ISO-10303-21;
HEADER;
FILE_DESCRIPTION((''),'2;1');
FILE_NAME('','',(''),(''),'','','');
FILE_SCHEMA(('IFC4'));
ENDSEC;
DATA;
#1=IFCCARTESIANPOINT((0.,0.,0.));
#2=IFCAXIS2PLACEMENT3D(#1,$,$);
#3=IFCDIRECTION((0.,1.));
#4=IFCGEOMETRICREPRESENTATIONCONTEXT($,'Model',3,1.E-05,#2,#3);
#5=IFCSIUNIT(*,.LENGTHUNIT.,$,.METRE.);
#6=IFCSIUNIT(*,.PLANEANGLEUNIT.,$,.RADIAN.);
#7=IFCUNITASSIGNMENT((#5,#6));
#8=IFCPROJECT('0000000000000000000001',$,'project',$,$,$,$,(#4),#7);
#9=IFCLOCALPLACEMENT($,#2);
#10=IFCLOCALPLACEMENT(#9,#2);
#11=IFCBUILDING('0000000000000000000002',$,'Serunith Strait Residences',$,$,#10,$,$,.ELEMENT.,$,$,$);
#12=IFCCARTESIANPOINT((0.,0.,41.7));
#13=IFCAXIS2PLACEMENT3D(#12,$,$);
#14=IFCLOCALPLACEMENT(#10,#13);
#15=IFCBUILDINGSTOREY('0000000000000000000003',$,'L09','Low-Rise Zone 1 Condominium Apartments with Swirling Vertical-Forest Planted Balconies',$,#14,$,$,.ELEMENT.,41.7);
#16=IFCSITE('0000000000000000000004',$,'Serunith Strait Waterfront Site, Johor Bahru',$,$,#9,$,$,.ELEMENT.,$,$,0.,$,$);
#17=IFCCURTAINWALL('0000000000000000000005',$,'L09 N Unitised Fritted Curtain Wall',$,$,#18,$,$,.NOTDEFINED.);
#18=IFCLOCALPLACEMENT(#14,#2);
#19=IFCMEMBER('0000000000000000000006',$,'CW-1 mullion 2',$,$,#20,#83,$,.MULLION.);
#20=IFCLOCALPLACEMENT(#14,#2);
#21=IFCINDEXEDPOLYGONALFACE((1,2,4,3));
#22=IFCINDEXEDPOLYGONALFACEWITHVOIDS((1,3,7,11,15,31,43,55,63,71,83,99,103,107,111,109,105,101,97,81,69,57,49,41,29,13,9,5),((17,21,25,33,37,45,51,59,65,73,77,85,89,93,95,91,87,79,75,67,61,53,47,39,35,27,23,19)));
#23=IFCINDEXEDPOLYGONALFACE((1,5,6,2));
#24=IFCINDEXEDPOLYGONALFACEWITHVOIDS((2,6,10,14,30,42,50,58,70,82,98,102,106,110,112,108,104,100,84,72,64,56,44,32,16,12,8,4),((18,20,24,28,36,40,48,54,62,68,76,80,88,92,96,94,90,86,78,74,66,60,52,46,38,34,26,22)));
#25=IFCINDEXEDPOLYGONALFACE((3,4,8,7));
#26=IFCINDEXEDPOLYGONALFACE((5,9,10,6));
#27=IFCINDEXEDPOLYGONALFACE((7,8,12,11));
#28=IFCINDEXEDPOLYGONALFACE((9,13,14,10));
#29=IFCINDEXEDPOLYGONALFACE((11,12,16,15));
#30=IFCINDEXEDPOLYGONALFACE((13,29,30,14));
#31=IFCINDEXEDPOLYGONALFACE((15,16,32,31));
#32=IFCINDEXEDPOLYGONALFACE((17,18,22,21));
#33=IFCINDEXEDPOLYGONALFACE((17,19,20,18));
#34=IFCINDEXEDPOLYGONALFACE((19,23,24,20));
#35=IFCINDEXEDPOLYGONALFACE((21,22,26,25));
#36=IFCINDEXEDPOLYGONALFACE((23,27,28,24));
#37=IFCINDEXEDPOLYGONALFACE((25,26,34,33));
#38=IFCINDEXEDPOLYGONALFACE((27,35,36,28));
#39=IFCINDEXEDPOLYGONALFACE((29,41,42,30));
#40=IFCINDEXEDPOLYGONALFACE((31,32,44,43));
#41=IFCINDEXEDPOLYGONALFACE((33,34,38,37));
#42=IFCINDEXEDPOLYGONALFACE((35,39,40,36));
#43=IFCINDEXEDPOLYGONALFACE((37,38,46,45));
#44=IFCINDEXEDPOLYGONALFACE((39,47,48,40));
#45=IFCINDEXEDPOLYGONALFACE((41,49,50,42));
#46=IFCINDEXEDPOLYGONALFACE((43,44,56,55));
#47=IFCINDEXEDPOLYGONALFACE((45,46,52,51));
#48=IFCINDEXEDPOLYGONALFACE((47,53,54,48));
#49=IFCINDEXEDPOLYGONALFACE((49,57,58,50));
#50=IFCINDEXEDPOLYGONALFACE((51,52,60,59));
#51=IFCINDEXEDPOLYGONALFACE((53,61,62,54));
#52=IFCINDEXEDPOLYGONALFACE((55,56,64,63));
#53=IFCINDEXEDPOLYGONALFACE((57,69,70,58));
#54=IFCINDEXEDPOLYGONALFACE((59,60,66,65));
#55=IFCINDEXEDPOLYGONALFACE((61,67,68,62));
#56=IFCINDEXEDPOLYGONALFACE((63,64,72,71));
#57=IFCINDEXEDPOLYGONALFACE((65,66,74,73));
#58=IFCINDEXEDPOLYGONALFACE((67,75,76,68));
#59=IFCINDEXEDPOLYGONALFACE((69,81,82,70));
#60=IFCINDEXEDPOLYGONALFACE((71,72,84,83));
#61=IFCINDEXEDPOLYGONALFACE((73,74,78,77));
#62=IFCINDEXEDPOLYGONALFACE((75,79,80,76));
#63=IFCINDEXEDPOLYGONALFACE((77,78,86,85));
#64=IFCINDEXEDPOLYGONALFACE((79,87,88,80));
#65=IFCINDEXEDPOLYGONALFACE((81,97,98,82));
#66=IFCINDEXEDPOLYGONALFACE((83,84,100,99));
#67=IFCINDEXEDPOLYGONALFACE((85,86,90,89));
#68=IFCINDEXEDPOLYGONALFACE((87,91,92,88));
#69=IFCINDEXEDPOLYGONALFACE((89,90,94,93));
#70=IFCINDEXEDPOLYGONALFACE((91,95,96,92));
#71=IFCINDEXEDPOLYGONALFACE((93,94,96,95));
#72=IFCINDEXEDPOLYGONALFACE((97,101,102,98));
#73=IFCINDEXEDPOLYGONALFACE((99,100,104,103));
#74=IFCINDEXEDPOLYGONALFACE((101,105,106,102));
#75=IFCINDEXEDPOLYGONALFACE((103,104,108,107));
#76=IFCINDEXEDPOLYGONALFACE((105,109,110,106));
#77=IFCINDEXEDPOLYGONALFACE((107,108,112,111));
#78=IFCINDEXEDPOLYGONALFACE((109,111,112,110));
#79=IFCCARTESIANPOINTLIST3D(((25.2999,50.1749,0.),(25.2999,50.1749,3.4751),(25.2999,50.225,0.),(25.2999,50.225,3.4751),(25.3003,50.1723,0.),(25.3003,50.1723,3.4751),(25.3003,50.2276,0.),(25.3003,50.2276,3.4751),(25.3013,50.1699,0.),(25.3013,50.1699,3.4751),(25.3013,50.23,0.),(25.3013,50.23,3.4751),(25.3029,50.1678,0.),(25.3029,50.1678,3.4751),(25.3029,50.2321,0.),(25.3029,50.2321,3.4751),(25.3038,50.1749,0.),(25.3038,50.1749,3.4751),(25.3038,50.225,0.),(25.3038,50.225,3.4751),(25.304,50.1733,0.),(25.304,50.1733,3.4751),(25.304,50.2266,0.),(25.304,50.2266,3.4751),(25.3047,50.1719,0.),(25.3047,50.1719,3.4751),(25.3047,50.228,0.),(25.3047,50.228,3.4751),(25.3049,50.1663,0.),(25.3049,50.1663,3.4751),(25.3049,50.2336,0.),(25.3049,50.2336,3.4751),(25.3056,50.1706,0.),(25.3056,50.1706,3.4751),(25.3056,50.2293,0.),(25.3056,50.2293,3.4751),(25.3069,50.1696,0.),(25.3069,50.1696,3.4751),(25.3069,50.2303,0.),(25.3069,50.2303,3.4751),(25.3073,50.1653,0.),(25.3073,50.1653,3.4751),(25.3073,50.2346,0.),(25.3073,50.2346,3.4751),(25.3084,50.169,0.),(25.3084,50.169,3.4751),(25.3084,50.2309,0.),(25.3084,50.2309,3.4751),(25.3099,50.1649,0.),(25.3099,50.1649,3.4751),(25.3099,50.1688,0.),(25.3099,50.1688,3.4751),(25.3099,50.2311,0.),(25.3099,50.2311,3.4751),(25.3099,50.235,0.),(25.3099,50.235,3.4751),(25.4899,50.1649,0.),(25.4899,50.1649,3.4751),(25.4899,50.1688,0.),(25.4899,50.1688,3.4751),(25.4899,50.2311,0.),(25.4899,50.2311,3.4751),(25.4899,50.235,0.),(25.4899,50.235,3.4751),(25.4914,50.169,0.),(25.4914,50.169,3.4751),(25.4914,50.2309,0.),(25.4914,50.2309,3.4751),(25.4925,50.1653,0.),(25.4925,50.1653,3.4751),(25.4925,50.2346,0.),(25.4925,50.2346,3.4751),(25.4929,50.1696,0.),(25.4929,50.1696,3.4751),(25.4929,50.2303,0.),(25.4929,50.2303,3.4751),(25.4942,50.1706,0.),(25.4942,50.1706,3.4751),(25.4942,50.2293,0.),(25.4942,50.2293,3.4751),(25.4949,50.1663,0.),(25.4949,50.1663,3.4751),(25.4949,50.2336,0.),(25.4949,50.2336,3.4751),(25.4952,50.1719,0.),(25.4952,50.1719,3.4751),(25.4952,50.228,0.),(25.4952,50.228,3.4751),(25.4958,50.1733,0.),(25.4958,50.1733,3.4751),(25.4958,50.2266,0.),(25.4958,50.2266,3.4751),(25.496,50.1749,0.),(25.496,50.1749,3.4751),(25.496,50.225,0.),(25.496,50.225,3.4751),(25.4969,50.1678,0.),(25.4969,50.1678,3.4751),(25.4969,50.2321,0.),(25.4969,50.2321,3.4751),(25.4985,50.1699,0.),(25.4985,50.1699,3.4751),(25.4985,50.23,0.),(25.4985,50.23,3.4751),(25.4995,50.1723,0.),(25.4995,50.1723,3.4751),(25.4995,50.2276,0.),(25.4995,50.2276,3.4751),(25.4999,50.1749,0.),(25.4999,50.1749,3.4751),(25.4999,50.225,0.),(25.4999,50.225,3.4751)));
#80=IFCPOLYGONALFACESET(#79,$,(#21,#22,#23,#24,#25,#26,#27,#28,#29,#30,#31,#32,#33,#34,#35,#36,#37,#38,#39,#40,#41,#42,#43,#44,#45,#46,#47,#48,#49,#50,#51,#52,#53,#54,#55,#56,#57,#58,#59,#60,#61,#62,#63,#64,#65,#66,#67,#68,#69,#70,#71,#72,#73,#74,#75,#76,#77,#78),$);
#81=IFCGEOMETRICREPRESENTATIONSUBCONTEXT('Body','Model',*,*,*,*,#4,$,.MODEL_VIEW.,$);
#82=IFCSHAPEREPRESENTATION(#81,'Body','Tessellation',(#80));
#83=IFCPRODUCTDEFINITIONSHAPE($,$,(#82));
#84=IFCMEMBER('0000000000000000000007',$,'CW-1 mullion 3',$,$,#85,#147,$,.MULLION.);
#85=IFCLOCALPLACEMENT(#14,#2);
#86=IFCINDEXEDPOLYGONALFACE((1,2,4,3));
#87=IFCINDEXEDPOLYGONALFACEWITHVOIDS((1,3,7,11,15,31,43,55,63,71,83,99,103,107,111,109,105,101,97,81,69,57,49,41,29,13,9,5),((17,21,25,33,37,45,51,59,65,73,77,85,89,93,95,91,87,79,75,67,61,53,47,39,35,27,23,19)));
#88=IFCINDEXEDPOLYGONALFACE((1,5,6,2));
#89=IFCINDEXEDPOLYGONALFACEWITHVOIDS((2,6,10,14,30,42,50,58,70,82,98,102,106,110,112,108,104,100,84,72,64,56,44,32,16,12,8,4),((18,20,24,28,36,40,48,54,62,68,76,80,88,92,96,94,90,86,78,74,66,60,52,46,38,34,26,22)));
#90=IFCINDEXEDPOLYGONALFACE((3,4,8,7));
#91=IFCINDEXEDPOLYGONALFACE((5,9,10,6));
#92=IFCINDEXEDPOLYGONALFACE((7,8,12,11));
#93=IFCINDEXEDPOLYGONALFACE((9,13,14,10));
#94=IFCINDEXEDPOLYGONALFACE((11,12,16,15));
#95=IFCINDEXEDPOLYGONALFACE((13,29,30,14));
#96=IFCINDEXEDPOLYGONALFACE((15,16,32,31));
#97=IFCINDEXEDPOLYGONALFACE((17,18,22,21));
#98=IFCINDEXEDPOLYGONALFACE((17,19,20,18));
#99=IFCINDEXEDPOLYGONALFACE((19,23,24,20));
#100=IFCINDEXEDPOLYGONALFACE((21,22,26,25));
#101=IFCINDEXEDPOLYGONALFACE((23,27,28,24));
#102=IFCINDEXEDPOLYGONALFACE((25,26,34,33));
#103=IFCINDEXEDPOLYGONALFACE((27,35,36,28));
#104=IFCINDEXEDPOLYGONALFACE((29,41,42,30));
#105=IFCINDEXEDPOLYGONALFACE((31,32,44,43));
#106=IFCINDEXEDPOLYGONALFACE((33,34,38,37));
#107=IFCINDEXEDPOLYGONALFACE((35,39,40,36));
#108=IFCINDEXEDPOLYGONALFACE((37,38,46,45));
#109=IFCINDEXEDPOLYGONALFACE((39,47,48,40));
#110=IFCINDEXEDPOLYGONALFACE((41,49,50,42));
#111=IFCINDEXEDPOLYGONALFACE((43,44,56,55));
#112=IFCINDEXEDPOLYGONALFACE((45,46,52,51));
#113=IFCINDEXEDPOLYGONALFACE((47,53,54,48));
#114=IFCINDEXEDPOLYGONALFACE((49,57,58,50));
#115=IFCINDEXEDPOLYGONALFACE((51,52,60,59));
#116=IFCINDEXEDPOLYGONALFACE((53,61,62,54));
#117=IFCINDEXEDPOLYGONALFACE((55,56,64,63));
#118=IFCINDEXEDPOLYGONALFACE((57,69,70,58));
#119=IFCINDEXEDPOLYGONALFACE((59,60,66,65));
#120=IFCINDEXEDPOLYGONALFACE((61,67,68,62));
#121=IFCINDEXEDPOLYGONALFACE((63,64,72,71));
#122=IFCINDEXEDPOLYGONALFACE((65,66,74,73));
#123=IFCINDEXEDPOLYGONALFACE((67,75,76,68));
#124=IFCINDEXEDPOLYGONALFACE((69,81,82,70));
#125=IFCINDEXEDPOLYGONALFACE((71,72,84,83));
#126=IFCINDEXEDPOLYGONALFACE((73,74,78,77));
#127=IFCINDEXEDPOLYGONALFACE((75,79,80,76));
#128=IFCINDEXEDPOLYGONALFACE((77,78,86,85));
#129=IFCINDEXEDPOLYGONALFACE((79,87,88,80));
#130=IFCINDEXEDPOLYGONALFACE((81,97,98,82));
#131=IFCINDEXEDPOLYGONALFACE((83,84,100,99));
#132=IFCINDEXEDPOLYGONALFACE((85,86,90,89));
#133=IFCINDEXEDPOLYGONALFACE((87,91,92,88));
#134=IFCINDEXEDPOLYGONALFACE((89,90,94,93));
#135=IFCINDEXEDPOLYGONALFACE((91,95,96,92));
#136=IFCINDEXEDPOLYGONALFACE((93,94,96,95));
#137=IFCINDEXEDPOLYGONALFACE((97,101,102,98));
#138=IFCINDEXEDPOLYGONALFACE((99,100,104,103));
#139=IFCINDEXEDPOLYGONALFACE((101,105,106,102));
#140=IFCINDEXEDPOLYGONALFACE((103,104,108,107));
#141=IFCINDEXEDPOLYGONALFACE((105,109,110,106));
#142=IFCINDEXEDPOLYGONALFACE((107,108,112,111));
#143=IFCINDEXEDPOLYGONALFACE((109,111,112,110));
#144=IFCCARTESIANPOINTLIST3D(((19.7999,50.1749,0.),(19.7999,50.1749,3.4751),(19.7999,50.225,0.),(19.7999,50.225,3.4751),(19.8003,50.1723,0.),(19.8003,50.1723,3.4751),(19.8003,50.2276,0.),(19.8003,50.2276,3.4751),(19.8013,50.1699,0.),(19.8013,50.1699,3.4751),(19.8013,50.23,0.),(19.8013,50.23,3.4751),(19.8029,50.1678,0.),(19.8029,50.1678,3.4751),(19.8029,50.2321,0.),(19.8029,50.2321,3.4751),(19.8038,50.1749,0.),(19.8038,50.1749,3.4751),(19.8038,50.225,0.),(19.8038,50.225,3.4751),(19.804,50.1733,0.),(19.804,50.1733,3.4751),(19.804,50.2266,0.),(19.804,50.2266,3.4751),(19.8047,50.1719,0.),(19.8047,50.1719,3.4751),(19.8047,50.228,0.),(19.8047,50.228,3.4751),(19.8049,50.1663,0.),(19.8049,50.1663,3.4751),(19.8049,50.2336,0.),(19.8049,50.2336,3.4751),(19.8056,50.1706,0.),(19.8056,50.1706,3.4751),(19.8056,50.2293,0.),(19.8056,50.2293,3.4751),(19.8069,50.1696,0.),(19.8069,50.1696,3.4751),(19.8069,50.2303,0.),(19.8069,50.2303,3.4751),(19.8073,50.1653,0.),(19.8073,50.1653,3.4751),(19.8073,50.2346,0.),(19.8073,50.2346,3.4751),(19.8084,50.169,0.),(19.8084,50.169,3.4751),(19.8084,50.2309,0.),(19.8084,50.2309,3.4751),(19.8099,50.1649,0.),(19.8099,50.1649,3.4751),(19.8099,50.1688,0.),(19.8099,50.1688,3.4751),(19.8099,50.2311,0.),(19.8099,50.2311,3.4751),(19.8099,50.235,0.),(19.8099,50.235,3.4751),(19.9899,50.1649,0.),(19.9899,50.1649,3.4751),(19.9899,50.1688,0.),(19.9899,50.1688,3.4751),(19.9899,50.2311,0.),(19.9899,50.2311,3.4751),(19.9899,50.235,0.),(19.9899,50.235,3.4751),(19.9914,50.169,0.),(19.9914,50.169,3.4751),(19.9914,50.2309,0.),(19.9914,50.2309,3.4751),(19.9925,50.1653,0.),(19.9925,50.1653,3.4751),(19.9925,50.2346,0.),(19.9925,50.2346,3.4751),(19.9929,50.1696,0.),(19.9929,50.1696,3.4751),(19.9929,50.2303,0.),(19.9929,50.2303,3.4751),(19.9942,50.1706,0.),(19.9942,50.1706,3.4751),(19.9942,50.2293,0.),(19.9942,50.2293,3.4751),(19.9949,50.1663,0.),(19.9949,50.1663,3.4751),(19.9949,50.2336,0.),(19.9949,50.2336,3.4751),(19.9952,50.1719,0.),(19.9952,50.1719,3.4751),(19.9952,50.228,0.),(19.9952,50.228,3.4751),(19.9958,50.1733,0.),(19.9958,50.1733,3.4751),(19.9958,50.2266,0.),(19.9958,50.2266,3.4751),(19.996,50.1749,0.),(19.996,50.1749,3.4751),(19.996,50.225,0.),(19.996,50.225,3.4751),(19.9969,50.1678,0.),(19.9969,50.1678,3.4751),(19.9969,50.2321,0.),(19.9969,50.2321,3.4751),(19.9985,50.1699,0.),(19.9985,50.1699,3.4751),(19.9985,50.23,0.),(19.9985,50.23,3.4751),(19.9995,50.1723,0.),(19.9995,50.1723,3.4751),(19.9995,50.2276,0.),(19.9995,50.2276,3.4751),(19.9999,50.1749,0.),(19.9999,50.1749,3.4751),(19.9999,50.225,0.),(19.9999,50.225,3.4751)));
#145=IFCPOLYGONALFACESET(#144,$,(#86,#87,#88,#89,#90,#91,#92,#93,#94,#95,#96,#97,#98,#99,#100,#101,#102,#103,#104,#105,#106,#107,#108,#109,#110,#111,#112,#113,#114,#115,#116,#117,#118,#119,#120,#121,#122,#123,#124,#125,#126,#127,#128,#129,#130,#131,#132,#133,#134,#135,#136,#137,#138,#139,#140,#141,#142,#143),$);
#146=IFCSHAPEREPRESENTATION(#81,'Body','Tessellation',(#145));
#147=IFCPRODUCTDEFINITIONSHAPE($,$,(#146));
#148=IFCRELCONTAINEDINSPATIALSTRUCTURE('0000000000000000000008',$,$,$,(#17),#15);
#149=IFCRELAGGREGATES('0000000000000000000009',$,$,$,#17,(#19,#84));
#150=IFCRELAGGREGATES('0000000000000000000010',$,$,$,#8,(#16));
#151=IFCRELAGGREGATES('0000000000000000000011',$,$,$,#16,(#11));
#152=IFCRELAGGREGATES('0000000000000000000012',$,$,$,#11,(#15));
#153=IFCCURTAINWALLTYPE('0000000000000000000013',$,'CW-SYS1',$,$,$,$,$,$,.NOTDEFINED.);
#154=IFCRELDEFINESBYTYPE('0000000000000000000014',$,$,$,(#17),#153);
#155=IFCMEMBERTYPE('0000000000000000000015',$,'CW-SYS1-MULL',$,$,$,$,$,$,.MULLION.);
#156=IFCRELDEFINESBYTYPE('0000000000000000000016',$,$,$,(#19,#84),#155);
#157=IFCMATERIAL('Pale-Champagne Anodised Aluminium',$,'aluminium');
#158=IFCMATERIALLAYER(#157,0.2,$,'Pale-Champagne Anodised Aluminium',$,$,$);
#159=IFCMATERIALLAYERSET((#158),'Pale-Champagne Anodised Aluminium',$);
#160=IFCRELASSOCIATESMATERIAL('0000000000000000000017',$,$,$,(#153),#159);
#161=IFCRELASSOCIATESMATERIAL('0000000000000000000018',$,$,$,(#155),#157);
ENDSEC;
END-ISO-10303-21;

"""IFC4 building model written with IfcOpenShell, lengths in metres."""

from ifc_helpers import new_model, si_unit, direction, frame, origin, origin_2d, place, context, subcontext, project, spatial, hollow_rectangle, extrude, source, transform, mapped, material, layer, layer_set, material_profile, profile_set, type_object, element, aggregate, save


model = new_model("IFC4")

# Units and contexts
model_context = context("Model", 3, precision=1e-05, world=origin(), true_north=direction((0.0, 1.0)))
body_context = subcontext(model_context, "Body", "Model", "MODEL_VIEW")
ifc_project = project(units=[si_unit("LENGTHUNIT", "METRE"), si_unit("PLANEANGLEUNIT", "RADIAN")], contexts=[model_context])

# Site, building, storey
site_placement = place(None, origin())
site = spatial("IfcSite", under=ifc_project, at=site_placement, Name="Serunith Strait Waterfront Site, Johor Bahru", CompositionType="ELEMENT", RefElevation=0.0)
building_placement = place(site_placement, origin())
building = spatial("IfcBuilding", under=site, at=building_placement, Name="Serunith Strait Residences", CompositionType="ELEMENT")
storey_placement = place(building_placement, frame((0.0, 0.0, 41.7)))
storey = spatial("IfcBuildingStorey", under=building, at=storey_placement, Name="L09", Description="Low-Rise Zone 1 Condominium Apartments with Swirling Vertical-Forest Planted Balconies", CompositionType="ELEMENT", Elevation=41.7)

# Curtain wall, members
ifc_material_1 = material(Name="Pale-Champagne Anodised Aluminium", Category="aluminium")
ifc_layer_1 = layer(ifc_material_1, 0.2, Name="Pale-Champagne Anodised Aluminium")
ifc_layer_set_1 = layer_set([ifc_layer_1], Name="Pale-Champagne Anodised Aluminium")
curtain_wall_type = type_object("IfcCurtainWallType", Name="CW-SYS1", PredefinedType="NOTDEFINED", material=ifc_layer_set_1)
curtain_wall_placement = place(storey_placement, origin())
curtain_wall = element("IfcCurtainWall", 1, at=curtain_wall_placement, inside=storey, type_object=curtain_wall_type, Name="L09 N Unitised Fritted Curtain Wall", PredefinedType="NOTDEFINED")
ifc_material_profile_1 = material_profile(ifc_material_1, hollow_rectangle(XDim=0.0701, YDim=0.2, WallThickness=0.0039, InnerFilletRadius=0.0061, OuterFilletRadius=0.01, at=origin_2d()), Name="ALU 200x70x4")
ifc_profile_set_1 = profile_set([ifc_material_profile_1], Name="Pale-Champagne Anodised Aluminium")
member_type_1 = type_object("IfcMemberType", Name="CW-SYS1-MULL", PredefinedType="MULLION", material=ifc_profile_set_1)
shared_shape_1 = source(origin(), body_context, "Body", "SweptSolid", [
    extrude(hollow_rectangle(XDim=0.0701, YDim=0.2, WallThickness=0.0039, InnerFilletRadius=0.0061, OuterFilletRadius=0.01, at=origin_2d()), origin(), (0.0, 0.0, 1.0), 3.4751),
])
member_1_placement = place(storey_placement, frame((25.3999, 50.2, 0.0), z_axis=(0.0, 0.0, 1.0), x_axis=(0.0, -1.0, 0.0)))
member_1 = element("IfcMember", 2, at=member_1_placement, type_object=member_type_1, Name="CW-1 mullion 2", PredefinedType="MULLION", context=body_context, shape_type="MappedRepresentation", body=[
    mapped(shared_shape_1, transform((0.0, 0.0, 0.0), scale=1.0)),
])
member_2_placement = place(storey_placement, frame((19.8999, 50.2, 0.0), z_axis=(0.0, 0.0, 1.0), x_axis=(0.0, -1.0, 0.0)))
member_2 = element("IfcMember", 3, at=member_2_placement, type_object=member_type_1, Name="CW-1 mullion 3", PredefinedType="MULLION", context=body_context, shape_type="MappedRepresentation", body=[
    mapped(shared_shape_1, transform((0.0, 0.0, 0.0), scale=1.0)),
])
aggregate(curtain_wall, [member_1, member_2])

save(model, "model.ifc")
